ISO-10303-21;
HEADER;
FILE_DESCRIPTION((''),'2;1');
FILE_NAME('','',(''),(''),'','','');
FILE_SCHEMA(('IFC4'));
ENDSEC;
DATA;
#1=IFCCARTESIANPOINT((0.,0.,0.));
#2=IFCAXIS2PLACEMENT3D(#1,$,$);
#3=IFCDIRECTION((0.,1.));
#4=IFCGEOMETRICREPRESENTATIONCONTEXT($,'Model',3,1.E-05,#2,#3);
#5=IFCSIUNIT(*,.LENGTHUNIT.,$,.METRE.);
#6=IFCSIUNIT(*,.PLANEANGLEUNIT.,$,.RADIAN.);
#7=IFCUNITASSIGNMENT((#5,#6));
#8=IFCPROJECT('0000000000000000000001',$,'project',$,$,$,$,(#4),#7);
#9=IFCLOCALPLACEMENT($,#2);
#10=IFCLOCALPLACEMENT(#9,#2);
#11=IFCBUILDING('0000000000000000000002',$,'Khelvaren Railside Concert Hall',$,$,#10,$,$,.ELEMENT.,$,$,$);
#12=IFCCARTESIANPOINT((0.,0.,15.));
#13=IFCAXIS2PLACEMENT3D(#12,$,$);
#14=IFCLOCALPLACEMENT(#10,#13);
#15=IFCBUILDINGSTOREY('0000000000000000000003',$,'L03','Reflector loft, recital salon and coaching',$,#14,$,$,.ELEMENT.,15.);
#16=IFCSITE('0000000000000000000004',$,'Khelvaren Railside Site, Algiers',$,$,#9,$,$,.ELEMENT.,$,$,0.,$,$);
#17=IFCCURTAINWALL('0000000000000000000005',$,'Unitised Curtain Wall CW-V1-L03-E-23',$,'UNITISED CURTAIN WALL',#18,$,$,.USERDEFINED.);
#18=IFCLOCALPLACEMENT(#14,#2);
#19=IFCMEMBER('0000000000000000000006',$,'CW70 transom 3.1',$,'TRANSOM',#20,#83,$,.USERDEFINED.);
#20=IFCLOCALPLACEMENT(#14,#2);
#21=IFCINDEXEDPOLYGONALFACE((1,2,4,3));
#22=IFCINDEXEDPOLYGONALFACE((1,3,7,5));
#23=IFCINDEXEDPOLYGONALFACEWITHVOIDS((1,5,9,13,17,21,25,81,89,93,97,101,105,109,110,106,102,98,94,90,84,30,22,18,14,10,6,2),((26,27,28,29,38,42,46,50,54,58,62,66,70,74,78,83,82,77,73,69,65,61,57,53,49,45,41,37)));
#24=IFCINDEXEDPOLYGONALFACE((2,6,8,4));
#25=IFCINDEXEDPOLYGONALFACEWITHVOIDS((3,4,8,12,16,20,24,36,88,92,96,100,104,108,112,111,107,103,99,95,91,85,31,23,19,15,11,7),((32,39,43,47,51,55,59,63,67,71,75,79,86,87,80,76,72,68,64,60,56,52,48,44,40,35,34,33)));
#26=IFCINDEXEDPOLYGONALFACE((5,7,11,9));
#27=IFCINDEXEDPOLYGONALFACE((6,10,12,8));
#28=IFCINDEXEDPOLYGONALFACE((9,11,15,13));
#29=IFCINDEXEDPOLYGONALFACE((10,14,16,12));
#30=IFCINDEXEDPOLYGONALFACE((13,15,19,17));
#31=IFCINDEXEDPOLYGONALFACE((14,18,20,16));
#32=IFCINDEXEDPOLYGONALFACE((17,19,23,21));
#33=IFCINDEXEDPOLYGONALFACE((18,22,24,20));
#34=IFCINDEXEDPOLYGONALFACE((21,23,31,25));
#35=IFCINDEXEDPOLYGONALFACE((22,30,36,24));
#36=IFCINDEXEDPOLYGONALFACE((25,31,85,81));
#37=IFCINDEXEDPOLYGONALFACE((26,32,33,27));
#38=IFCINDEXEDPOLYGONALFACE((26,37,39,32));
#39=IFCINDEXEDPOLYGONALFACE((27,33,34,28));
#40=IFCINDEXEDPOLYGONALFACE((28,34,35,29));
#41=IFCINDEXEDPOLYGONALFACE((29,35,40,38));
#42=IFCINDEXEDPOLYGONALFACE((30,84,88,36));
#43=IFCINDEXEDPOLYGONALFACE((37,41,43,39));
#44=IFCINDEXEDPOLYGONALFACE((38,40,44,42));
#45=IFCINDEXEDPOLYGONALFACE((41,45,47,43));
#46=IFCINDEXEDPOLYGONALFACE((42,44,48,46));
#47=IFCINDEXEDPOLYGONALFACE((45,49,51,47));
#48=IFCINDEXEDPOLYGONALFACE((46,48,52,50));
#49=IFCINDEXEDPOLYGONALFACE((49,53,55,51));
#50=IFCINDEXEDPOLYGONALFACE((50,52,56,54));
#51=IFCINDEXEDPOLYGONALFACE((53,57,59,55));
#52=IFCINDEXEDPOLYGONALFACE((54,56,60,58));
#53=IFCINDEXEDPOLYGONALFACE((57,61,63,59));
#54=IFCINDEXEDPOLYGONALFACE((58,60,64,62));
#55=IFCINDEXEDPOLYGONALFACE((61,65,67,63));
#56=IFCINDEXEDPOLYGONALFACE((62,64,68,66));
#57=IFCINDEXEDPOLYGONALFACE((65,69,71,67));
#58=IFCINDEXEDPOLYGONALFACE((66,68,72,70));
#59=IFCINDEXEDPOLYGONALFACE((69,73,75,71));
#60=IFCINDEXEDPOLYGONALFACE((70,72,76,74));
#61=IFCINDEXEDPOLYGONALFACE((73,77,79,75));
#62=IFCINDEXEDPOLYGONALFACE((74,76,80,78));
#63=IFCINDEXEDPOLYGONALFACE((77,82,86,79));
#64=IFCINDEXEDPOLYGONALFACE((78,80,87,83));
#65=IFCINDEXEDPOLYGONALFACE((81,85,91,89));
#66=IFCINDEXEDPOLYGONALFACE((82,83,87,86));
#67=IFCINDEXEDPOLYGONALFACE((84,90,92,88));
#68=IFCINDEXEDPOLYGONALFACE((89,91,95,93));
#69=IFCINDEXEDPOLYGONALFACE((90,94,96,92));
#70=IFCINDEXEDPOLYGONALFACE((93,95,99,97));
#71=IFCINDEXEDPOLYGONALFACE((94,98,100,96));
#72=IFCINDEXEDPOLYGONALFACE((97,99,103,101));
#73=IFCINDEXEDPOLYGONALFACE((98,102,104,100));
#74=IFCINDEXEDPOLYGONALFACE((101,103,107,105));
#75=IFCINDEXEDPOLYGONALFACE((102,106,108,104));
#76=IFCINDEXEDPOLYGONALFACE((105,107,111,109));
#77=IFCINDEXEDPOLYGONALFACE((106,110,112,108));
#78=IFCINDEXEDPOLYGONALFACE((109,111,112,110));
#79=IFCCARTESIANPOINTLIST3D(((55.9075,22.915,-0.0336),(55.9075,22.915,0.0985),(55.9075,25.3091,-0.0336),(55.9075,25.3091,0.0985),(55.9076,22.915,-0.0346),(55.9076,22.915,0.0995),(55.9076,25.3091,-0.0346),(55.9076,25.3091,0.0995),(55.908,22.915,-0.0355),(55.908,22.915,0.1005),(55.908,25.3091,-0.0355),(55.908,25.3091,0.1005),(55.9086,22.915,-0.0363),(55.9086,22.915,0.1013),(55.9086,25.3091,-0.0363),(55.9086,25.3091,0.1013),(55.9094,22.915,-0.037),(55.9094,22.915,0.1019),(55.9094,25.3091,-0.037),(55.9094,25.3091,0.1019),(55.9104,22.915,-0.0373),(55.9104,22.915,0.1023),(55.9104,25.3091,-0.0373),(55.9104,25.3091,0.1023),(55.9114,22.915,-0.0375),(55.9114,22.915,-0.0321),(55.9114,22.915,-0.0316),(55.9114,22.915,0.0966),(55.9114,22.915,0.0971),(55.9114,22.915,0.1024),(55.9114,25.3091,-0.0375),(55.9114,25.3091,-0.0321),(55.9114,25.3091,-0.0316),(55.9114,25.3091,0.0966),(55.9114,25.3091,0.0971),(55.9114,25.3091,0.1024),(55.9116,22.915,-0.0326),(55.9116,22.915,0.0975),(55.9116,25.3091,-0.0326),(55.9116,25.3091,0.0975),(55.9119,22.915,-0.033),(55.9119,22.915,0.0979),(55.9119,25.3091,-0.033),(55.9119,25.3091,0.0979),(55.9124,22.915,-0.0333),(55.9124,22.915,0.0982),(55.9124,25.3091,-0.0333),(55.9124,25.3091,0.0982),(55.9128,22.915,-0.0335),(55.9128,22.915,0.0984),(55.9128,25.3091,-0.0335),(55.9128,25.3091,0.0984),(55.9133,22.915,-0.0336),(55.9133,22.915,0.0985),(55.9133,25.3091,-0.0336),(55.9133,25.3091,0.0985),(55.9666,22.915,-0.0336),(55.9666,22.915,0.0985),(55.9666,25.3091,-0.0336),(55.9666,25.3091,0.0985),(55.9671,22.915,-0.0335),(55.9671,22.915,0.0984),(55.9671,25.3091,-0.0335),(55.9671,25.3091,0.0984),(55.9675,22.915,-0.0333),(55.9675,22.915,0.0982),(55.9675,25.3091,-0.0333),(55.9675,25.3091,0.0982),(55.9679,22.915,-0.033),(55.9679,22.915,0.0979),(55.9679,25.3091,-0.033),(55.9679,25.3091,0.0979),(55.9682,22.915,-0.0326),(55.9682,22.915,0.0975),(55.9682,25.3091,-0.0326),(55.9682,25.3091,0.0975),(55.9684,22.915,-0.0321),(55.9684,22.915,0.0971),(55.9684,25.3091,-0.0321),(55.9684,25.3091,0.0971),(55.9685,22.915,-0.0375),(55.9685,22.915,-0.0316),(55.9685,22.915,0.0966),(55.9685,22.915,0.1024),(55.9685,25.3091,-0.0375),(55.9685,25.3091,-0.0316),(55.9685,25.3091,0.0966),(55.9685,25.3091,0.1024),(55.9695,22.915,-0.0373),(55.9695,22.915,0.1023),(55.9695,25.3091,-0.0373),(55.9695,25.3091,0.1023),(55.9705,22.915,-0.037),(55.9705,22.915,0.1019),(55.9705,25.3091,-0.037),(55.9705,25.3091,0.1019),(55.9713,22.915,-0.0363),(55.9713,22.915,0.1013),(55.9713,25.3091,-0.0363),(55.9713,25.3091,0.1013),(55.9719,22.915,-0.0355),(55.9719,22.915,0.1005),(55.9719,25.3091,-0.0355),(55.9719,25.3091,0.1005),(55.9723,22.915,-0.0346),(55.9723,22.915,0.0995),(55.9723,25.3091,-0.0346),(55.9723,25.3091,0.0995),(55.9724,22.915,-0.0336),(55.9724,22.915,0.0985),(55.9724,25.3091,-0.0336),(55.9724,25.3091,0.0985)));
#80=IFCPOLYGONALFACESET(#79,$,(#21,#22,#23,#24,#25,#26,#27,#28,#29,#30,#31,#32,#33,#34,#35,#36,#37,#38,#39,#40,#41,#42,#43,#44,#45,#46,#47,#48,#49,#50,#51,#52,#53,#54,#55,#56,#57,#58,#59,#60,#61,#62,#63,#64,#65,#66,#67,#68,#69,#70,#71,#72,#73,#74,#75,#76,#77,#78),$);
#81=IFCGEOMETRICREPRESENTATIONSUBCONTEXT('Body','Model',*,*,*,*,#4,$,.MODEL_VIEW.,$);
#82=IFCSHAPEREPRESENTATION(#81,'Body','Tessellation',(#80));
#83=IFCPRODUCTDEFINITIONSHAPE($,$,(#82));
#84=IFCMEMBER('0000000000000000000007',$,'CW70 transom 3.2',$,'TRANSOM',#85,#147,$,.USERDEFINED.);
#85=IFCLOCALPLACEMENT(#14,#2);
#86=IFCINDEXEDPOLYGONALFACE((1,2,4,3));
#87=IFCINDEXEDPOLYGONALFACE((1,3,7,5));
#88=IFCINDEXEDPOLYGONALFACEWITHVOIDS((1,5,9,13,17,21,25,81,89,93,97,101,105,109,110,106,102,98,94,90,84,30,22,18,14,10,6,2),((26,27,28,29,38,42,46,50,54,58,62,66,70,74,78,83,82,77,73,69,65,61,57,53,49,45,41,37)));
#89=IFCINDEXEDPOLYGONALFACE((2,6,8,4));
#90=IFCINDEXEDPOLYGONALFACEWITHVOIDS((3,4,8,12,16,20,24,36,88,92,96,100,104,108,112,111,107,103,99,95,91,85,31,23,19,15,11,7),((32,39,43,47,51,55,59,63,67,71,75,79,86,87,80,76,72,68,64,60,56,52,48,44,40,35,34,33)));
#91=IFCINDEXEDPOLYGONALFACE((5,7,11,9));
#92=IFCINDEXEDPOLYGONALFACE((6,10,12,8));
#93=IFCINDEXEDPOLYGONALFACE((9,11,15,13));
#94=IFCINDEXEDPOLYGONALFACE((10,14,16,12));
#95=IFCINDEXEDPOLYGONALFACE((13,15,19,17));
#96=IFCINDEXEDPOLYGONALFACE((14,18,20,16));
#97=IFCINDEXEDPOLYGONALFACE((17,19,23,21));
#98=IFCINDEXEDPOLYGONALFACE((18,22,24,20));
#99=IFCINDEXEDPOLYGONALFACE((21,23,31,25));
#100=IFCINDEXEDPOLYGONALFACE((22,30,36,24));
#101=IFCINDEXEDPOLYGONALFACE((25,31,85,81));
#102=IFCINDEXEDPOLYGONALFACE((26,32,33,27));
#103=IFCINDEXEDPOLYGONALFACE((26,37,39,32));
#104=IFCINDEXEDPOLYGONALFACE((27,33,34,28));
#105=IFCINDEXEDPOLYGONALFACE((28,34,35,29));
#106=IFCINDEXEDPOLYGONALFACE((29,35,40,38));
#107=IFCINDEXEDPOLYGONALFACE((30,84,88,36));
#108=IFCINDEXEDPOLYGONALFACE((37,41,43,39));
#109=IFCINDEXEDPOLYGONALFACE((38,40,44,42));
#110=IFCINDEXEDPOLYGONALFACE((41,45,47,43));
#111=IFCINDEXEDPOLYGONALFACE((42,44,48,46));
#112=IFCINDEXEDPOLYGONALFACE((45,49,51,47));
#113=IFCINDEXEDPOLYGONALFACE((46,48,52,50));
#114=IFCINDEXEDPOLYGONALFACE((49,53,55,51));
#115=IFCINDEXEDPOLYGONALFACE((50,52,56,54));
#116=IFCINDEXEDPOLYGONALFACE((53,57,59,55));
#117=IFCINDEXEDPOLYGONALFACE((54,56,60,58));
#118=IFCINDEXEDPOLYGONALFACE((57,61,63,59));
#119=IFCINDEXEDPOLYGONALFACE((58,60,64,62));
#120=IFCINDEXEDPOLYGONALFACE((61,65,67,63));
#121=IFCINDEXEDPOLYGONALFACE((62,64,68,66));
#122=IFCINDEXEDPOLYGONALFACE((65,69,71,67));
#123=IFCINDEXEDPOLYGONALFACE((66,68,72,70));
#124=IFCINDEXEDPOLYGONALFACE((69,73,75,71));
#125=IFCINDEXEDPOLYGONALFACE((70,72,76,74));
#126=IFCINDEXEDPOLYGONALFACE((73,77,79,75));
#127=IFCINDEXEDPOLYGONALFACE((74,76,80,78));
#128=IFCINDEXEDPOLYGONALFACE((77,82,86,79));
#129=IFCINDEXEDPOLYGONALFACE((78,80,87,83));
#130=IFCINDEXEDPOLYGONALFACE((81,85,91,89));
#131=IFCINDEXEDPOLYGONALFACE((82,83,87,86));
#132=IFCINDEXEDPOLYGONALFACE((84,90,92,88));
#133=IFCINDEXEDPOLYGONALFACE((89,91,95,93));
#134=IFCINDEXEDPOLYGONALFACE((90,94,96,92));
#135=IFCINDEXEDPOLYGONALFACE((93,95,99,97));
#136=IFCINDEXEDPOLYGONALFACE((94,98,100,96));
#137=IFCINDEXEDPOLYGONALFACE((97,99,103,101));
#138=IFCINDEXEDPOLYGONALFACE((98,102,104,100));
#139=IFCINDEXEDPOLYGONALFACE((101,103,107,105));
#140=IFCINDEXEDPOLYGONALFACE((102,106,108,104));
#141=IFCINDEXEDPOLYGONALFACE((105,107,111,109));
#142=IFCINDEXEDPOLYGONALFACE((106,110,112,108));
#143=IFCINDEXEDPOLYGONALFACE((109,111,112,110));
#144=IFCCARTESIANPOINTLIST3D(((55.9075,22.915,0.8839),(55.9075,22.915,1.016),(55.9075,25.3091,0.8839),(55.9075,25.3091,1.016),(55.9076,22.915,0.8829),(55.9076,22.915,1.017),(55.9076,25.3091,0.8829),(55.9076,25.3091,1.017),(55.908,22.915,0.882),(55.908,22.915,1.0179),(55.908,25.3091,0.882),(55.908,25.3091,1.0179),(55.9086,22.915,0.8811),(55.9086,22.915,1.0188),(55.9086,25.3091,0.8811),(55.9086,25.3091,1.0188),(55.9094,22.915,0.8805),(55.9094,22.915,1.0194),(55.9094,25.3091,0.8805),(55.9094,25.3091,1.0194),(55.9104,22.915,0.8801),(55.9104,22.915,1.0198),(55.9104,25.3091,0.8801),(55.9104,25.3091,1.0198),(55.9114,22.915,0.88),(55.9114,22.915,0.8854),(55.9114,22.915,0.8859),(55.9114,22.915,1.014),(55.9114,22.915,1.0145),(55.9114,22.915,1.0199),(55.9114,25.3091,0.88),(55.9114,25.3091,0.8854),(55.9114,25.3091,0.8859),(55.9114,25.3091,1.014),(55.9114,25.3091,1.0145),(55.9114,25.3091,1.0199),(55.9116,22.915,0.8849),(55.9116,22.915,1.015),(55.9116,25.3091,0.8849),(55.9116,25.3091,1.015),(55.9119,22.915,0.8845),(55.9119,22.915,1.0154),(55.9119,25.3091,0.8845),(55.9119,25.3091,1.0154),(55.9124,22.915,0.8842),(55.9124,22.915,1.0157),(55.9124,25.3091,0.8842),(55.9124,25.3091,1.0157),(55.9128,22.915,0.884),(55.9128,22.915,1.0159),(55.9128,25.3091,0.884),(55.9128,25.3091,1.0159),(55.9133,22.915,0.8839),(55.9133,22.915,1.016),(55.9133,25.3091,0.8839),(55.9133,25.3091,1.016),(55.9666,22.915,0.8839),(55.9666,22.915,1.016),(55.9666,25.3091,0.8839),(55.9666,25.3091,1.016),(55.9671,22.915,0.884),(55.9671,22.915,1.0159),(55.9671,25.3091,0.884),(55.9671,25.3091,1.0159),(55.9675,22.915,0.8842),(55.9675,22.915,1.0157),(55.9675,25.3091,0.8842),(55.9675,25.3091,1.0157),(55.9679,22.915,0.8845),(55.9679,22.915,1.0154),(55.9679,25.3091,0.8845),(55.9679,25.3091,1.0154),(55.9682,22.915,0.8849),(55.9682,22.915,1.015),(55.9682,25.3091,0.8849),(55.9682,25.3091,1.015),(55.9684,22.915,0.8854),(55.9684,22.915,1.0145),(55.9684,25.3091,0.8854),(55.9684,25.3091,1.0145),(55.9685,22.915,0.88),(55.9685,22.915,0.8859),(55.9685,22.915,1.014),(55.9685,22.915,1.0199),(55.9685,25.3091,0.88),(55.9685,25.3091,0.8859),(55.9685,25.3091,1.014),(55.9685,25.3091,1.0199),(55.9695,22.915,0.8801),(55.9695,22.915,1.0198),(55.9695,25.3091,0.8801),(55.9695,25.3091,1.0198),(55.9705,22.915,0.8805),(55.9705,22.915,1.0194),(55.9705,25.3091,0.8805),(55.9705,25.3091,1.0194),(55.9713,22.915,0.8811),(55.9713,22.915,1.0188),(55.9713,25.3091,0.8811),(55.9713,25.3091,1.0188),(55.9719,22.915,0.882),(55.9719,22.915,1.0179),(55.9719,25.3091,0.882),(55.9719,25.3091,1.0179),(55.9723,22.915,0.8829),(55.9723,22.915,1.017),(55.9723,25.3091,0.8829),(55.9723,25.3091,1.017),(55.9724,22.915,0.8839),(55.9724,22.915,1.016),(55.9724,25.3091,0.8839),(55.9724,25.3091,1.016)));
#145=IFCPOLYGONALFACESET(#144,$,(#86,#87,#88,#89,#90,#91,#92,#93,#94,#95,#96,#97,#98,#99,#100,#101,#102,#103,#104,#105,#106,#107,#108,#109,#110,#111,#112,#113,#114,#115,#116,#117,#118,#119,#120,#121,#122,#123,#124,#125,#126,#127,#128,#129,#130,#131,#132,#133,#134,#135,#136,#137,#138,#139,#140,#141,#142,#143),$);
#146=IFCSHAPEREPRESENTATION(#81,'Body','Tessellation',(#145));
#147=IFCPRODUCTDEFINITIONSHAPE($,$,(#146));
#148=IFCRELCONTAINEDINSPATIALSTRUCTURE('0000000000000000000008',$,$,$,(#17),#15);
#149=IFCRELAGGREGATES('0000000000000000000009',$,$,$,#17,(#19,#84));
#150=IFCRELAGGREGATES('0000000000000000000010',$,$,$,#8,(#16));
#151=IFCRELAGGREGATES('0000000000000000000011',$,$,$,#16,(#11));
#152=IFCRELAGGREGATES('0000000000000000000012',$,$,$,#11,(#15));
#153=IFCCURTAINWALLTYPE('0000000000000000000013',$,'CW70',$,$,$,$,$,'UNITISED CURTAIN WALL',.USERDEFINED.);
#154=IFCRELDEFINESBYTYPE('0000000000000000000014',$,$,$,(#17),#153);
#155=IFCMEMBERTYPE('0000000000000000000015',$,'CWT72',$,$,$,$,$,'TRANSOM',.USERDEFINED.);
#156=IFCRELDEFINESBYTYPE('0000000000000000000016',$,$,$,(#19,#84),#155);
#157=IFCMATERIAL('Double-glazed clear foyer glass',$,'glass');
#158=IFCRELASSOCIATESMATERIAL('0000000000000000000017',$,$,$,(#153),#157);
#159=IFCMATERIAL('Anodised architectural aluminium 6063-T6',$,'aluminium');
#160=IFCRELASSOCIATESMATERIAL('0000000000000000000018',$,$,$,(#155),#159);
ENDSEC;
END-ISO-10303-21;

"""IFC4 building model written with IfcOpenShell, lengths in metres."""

from ifc_helpers import new_model, si_unit, direction, frame, origin, origin_2d, place, context, subcontext, project, spatial, hollow_rectangle, extrude, material, material_profile, profile_set, type_object, element, aggregate, save


model = new_model("IFC4")

# Units and contexts
model_context = context("Model", 3, precision=1e-05, world=origin(), true_north=direction((0.0, 1.0)))
body_context = subcontext(model_context, "Body", "Model", "MODEL_VIEW")
ifc_project = project(units=[si_unit("LENGTHUNIT", "METRE"), si_unit("PLANEANGLEUNIT", "RADIAN")], contexts=[model_context])

# Site, building, storey
site_placement = place(None, origin())
site = spatial("IfcSite", under=ifc_project, at=site_placement, Name="Khelvaren Railside Site, Algiers", CompositionType="ELEMENT", RefElevation=0.0)
building_placement = place(site_placement, origin())
building = spatial("IfcBuilding", under=site, at=building_placement, Name="Khelvaren Railside Concert Hall", CompositionType="ELEMENT")
storey_placement = place(building_placement, frame((0.0, 0.0, 15.0)))
storey = spatial("IfcBuildingStorey", under=building, at=storey_placement, Name="L03", Description="Reflector loft, recital salon and coaching", CompositionType="ELEMENT", Elevation=15.0)

# Curtain wall
ifc_material_1 = material(Name="Double-glazed clear foyer glass", Category="glass")
curtain_wall_type_1 = type_object("IfcCurtainWallType", Name="CW70", ElementType="UNITISED CURTAIN WALL", PredefinedType="USERDEFINED", material=ifc_material_1)
curtain_wall_1_placement = place(storey_placement, origin())
curtain_wall_1 = element("IfcCurtainWall", 1, at=curtain_wall_1_placement, inside=storey, type_object=curtain_wall_type_1, Name="Unitised Curtain Wall CW-V1-L03-E-23", ObjectType="UNITISED CURTAIN WALL", PredefinedType="USERDEFINED")
ifc_material_2 = material(Name="Anodised architectural aluminium 6063-T6", Category="aluminium")

# Members
ifc_material_profile_1 = material_profile(ifc_material_2, hollow_rectangle(XDim=0.0649, YDim=0.1399, WallThickness=0.0039, InnerFilletRadius=0.002, OuterFilletRadius=0.0039, at=origin_2d()), Name="CWT 65x140x4")
ifc_profile_set_1 = profile_set([ifc_material_profile_1], Name="Anodised architectural aluminium 6063-T6")
member_type_1 = type_object("IfcMemberType", Name="CWT72", ElementType="TRANSOM", PredefinedType="USERDEFINED", material=ifc_profile_set_1)
member_1_placement = place(storey_placement, frame((55.9399, 25.3091, 0.0325), z_axis=(0.0, -1.0, 0.0), x_axis=(1.0, 0.0, 0.0)))
member_1 = element("IfcMember", 2, at=member_1_placement, type_object=member_type_1, Name="CW70 transom 3.1", ObjectType="TRANSOM", PredefinedType="USERDEFINED", context=body_context, shape_type="SweptSolid", body=[
    extrude(hollow_rectangle(XDim=0.0649, YDim=0.1399, WallThickness=0.0039, InnerFilletRadius=0.002, OuterFilletRadius=0.0039, at=origin_2d()), origin(), (0.0, 0.0, 1.0), 2.394),
])
member_2_placement = place(storey_placement, frame((55.9399, 25.3091, 0.95), z_axis=(0.0, -1.0, 0.0), x_axis=(1.0, 0.0, 0.0)))
member_2 = element("IfcMember", 3, at=member_2_placement, type_object=member_type_1, Name="CW70 transom 3.2", ObjectType="TRANSOM", PredefinedType="USERDEFINED", context=body_context, shape_type="SweptSolid", body=[
    extrude(hollow_rectangle(XDim=0.0649, YDim=0.1399, WallThickness=0.0039, InnerFilletRadius=0.002, OuterFilletRadius=0.0039, at=origin_2d()), origin(), (0.0, 0.0, 1.0), 2.394),
])

aggregate(curtain_wall_1, [member_1, member_2])

save(model, "model.ifc")
